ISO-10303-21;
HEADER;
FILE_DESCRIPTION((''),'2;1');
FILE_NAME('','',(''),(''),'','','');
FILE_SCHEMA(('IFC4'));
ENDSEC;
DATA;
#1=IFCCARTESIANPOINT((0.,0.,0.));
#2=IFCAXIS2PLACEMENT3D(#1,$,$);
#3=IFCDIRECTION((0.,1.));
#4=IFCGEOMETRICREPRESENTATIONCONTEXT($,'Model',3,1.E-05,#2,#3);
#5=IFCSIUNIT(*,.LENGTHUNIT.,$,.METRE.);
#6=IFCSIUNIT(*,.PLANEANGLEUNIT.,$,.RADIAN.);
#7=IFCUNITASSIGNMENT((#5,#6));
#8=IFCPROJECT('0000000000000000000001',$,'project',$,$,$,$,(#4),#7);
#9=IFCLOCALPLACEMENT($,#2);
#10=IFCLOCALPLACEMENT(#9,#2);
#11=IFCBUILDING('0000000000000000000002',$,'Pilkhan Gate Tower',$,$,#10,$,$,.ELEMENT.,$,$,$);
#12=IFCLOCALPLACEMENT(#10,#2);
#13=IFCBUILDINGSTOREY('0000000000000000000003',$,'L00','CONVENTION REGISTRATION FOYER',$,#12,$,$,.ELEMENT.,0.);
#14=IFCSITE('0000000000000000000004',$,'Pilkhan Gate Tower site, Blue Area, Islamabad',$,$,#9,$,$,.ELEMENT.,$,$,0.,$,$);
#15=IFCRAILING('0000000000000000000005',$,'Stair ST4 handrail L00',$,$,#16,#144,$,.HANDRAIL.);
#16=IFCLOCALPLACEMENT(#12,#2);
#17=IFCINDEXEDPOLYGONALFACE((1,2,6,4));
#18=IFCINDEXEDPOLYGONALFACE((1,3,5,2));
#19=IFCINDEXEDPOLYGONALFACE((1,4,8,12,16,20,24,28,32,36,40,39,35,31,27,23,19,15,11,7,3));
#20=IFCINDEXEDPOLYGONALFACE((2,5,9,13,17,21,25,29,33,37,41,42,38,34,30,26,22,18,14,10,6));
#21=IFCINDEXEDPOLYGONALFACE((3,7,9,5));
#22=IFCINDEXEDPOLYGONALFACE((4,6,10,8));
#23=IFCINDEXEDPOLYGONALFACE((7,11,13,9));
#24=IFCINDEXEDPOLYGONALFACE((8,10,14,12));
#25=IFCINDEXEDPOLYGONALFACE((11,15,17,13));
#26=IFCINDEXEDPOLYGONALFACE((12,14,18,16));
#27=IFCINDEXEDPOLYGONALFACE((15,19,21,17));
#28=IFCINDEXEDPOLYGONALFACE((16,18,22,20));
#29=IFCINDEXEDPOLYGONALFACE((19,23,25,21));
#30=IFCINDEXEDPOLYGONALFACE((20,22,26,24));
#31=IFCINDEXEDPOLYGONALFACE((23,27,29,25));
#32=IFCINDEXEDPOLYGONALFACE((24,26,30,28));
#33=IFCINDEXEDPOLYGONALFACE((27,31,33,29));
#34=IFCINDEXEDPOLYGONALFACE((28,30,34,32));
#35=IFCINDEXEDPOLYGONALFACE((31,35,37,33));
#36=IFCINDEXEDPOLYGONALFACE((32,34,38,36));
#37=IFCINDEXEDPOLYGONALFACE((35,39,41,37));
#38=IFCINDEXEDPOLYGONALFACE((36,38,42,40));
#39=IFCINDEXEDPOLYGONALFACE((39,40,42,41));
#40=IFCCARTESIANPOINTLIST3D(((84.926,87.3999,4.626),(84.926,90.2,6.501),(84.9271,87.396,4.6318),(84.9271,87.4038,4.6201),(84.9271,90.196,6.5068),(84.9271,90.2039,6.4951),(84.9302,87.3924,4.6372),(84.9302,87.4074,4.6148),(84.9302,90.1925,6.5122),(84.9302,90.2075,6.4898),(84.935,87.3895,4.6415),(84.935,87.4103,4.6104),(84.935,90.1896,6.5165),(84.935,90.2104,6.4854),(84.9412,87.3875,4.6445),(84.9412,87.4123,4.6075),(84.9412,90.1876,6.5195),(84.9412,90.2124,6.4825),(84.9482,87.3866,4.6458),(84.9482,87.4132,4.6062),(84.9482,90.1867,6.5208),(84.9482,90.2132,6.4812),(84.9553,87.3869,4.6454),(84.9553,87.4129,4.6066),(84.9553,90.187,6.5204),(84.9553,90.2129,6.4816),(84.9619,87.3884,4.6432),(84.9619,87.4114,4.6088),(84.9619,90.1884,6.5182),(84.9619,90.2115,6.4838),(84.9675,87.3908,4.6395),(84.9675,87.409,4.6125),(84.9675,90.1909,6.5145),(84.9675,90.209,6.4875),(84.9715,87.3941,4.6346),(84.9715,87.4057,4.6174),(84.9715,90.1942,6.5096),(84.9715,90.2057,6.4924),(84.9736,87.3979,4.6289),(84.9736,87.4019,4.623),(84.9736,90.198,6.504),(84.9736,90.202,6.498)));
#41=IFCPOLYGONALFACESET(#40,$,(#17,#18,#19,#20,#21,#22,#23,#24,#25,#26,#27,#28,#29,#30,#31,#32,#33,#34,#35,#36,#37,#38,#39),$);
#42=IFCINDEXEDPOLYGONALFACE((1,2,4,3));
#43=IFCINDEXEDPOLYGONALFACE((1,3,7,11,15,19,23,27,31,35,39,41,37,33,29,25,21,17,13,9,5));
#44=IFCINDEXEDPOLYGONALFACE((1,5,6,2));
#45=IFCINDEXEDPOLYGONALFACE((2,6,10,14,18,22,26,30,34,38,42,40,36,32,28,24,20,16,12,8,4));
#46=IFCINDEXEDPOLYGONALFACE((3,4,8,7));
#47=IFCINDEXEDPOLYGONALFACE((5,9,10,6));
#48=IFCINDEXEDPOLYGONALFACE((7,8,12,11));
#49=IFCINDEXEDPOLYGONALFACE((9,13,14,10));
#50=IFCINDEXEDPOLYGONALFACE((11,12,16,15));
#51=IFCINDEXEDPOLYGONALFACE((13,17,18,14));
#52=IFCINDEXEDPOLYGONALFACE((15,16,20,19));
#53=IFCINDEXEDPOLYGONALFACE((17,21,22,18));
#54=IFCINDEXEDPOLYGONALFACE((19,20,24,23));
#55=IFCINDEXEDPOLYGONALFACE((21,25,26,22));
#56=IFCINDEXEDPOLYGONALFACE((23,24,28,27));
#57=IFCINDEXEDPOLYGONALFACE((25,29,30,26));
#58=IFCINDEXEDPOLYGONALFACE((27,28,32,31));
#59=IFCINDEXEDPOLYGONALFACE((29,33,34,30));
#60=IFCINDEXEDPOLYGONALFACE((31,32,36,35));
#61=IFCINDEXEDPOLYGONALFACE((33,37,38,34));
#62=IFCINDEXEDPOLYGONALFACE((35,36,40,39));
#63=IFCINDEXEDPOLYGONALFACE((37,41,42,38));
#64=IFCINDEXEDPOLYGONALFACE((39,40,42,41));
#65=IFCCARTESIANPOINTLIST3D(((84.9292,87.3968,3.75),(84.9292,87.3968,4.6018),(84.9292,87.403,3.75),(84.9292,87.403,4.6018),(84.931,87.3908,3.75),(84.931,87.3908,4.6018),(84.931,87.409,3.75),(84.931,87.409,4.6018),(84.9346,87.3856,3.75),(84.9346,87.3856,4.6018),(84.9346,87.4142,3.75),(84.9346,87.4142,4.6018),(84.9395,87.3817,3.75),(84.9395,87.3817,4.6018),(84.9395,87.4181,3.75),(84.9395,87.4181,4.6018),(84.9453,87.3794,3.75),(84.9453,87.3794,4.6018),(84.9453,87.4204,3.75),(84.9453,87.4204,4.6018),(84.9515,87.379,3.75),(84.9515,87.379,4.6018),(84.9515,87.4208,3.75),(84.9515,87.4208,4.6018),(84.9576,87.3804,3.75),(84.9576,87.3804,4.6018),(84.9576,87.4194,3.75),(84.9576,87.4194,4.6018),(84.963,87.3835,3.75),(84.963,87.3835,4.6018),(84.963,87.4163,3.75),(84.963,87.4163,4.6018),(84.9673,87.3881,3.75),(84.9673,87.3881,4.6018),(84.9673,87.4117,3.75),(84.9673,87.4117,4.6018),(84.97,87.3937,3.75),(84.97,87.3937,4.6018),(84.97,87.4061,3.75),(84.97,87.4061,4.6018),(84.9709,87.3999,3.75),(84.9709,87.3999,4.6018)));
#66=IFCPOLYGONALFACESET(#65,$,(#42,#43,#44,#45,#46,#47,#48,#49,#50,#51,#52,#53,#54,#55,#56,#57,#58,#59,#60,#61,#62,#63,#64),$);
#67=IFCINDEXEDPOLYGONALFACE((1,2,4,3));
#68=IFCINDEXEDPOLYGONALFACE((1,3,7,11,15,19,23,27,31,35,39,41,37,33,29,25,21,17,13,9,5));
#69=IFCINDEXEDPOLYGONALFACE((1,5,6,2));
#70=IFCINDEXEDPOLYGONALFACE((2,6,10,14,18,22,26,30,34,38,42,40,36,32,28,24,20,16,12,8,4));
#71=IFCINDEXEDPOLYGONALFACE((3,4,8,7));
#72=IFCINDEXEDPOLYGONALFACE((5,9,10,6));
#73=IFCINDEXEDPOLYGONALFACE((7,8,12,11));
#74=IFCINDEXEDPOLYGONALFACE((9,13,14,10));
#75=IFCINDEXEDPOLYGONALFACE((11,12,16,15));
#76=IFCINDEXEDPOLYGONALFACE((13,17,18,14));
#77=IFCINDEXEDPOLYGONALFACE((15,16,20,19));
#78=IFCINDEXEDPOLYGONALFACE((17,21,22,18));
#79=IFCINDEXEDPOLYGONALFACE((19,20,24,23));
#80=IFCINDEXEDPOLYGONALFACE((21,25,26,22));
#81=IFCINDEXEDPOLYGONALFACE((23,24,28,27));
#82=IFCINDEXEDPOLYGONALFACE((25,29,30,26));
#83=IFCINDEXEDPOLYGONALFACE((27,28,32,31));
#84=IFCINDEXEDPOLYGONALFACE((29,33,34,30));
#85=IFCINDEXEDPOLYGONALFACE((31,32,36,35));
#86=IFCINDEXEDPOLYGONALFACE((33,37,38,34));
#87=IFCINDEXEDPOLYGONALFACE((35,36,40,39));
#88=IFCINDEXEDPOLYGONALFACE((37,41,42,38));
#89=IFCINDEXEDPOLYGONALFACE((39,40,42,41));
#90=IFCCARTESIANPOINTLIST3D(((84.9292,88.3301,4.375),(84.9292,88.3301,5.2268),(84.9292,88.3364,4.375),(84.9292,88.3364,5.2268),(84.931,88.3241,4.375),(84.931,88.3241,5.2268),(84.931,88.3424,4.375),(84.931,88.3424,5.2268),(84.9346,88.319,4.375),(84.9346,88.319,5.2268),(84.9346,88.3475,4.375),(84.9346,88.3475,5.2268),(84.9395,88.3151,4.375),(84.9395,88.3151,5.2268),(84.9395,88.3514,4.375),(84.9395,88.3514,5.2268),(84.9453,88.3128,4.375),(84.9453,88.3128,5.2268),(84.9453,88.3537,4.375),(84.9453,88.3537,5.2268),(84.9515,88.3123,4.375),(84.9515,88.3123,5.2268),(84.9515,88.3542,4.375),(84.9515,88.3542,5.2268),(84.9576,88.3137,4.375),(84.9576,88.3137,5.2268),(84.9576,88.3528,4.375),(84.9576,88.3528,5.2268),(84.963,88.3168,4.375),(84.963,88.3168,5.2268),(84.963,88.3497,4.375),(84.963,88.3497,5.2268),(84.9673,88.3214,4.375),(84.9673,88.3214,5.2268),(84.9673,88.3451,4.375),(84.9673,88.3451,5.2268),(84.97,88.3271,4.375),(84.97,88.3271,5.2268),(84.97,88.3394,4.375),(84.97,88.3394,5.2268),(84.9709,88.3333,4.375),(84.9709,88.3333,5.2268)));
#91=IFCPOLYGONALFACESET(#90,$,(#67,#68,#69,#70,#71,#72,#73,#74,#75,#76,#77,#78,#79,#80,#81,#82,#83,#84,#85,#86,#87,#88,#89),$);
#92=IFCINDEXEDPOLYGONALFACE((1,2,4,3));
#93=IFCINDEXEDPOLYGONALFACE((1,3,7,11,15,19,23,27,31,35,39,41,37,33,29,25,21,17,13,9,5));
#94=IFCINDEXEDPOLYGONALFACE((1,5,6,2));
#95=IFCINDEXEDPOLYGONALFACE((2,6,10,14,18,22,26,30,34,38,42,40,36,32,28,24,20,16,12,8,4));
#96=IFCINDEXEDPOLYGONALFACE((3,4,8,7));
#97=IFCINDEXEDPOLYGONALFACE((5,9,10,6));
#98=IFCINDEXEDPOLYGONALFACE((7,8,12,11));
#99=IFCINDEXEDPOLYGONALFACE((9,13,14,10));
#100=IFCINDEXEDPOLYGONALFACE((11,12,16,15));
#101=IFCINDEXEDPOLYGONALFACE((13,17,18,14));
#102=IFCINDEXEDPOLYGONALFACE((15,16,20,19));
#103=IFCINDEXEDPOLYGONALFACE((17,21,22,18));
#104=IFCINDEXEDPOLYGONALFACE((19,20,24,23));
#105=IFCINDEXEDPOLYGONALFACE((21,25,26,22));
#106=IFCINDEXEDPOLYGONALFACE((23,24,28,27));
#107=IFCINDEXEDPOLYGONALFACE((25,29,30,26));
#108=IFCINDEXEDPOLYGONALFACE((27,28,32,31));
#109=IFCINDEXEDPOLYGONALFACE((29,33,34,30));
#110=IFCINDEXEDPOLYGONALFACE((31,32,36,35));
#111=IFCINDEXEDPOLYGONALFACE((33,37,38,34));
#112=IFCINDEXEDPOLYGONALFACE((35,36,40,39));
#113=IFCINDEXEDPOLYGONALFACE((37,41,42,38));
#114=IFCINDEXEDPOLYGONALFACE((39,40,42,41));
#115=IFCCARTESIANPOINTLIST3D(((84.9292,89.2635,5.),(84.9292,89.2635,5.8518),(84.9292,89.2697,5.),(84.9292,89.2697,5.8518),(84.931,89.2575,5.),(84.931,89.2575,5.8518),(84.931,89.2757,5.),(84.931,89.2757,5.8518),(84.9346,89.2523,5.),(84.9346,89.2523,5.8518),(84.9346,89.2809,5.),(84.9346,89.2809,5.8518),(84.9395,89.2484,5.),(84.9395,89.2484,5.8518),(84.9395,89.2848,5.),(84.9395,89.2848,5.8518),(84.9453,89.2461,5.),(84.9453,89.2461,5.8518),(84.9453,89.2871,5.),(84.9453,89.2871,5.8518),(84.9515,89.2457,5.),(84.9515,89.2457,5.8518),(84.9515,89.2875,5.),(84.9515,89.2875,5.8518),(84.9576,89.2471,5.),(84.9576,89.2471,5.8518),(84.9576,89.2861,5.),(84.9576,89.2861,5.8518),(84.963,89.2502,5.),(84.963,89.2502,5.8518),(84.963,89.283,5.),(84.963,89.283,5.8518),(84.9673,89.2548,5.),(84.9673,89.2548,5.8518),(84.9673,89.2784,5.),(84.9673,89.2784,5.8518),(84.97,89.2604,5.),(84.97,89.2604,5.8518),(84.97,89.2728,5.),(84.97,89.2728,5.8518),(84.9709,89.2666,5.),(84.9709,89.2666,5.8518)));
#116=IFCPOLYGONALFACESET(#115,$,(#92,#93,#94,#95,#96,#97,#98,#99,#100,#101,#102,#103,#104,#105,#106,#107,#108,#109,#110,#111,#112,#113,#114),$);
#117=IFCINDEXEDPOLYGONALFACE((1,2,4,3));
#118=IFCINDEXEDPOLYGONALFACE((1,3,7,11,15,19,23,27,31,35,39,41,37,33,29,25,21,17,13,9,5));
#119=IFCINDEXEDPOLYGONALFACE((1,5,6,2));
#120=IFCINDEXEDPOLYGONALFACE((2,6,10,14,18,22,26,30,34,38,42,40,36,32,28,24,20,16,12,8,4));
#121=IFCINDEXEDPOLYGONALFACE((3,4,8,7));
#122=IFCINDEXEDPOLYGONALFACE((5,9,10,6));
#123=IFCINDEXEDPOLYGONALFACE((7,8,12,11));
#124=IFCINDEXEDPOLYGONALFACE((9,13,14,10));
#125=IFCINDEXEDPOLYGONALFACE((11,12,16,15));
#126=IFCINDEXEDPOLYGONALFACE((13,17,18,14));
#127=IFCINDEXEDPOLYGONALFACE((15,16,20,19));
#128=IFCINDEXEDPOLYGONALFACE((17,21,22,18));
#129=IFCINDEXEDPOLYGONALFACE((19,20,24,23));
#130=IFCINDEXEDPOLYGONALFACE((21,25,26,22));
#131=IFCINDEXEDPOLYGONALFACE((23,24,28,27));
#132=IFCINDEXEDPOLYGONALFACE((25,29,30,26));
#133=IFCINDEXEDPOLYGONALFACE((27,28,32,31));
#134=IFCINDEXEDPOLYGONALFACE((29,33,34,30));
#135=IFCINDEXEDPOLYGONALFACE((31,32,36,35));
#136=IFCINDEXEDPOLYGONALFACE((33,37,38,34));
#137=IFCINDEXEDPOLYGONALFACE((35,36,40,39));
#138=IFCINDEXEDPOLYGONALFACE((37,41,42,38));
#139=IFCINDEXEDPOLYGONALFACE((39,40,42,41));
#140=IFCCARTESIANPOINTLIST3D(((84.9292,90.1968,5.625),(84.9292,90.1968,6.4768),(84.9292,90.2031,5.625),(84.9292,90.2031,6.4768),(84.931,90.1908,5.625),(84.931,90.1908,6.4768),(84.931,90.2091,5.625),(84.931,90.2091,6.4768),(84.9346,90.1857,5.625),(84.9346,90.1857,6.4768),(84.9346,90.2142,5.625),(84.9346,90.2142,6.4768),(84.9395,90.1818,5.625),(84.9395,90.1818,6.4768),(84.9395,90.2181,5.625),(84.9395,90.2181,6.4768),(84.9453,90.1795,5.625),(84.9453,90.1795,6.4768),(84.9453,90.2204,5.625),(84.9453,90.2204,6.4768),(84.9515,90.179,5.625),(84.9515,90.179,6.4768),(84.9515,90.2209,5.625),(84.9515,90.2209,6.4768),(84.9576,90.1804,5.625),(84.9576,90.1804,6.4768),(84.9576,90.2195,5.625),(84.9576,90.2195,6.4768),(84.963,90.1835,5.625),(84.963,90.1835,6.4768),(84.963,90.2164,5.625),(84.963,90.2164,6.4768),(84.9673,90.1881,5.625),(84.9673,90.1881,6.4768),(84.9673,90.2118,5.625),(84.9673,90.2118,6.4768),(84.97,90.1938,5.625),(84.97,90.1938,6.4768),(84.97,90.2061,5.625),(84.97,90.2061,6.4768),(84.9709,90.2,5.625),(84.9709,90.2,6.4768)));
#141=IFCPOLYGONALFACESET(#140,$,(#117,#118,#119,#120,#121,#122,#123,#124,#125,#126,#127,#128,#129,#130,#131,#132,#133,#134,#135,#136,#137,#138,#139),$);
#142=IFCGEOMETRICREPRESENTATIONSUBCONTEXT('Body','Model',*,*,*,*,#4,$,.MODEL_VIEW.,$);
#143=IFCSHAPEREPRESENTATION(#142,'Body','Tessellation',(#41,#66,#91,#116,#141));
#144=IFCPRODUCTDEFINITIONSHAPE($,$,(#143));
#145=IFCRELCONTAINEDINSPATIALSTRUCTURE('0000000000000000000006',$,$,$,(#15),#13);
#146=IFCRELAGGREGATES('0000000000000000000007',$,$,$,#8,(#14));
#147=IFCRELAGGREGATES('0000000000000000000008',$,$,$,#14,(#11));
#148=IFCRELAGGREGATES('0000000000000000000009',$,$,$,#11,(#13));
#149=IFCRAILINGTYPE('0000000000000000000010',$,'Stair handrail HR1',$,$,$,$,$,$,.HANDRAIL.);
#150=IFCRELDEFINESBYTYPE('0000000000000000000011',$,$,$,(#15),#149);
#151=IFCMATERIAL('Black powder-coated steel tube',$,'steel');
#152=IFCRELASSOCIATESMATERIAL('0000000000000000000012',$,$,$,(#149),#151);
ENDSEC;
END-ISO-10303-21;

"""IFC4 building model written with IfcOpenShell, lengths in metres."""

from ifc_helpers import new_model, si_unit, direction, frame, origin, origin_2d, place, context, subcontext, project, spatial, circle, extrude, material, type_object, element, save


model = new_model("IFC4")

# Units and contexts
model_context = context("Model", 3, precision=1e-05, world=origin(), true_north=direction((0.0, 1.0)))
body_context = subcontext(model_context, "Body", "Model", "MODEL_VIEW")
ifc_project = project(units=[si_unit("LENGTHUNIT", "METRE"), si_unit("PLANEANGLEUNIT", "RADIAN")], contexts=[model_context])

# Site, building, storey
site_placement = place(None, origin())
site = spatial("IfcSite", under=ifc_project, at=site_placement, Name="Pilkhan Gate Tower site, Blue Area, Islamabad", CompositionType="ELEMENT", RefElevation=0.0)
building_placement = place(site_placement, origin())
building = spatial("IfcBuilding", under=site, at=building_placement, Name="Pilkhan Gate Tower", CompositionType="ELEMENT")
storey_placement = place(building_placement, origin())
storey = spatial("IfcBuildingStorey", under=building, at=storey_placement, Name="L00", Description="CONVENTION REGISTRATION FOYER", CompositionType="ELEMENT", Elevation=0.0)

# Railing
ifc_material_1 = material(Name="Black powder-coated steel tube", Category="steel")
railing_type = type_object("IfcRailingType", Name="Stair handrail HR1", PredefinedType="HANDRAIL", material=ifc_material_1)
for number, where, name in (
    (1, (84.95, 87.3999, 3.75), "Stair ST4 handrail L00"),
):
    element("IfcRailing", number, at=place(storey_placement, frame(where)), inside=storey, type_object=railing_type, Name=name, PredefinedType="HANDRAIL", context=body_context, shape_type="SweptSolid", body=[
        extrude(circle(Radius=0.0239, at=origin_2d()), frame((0.0, 0.0, 0.876), z_axis=(0.0, 0.830912, 0.556404), x_axis=(-1.0, 0.0, 0.0)), (0.0, 0.0, 1.0), 3.3699),
        extrude(circle(Radius=0.021, at=origin_2d()), origin(), (0.0, 0.0, 1.0), 0.8518),
        extrude(circle(Radius=0.021, at=origin_2d()), frame((0.0, 0.9333, 0.625)), (0.0, 0.0, 1.0), 0.8518),
        extrude(circle(Radius=0.021, at=origin_2d()), frame((0.0, 1.8667, 1.25)), (0.0, 0.0, 1.0), 0.8518),
        extrude(circle(Radius=0.021, at=origin_2d()), frame((0.0, 2.8, 1.875)), (0.0, 0.0, 1.0), 0.8518),
    ])

save(model, "model.ifc")
